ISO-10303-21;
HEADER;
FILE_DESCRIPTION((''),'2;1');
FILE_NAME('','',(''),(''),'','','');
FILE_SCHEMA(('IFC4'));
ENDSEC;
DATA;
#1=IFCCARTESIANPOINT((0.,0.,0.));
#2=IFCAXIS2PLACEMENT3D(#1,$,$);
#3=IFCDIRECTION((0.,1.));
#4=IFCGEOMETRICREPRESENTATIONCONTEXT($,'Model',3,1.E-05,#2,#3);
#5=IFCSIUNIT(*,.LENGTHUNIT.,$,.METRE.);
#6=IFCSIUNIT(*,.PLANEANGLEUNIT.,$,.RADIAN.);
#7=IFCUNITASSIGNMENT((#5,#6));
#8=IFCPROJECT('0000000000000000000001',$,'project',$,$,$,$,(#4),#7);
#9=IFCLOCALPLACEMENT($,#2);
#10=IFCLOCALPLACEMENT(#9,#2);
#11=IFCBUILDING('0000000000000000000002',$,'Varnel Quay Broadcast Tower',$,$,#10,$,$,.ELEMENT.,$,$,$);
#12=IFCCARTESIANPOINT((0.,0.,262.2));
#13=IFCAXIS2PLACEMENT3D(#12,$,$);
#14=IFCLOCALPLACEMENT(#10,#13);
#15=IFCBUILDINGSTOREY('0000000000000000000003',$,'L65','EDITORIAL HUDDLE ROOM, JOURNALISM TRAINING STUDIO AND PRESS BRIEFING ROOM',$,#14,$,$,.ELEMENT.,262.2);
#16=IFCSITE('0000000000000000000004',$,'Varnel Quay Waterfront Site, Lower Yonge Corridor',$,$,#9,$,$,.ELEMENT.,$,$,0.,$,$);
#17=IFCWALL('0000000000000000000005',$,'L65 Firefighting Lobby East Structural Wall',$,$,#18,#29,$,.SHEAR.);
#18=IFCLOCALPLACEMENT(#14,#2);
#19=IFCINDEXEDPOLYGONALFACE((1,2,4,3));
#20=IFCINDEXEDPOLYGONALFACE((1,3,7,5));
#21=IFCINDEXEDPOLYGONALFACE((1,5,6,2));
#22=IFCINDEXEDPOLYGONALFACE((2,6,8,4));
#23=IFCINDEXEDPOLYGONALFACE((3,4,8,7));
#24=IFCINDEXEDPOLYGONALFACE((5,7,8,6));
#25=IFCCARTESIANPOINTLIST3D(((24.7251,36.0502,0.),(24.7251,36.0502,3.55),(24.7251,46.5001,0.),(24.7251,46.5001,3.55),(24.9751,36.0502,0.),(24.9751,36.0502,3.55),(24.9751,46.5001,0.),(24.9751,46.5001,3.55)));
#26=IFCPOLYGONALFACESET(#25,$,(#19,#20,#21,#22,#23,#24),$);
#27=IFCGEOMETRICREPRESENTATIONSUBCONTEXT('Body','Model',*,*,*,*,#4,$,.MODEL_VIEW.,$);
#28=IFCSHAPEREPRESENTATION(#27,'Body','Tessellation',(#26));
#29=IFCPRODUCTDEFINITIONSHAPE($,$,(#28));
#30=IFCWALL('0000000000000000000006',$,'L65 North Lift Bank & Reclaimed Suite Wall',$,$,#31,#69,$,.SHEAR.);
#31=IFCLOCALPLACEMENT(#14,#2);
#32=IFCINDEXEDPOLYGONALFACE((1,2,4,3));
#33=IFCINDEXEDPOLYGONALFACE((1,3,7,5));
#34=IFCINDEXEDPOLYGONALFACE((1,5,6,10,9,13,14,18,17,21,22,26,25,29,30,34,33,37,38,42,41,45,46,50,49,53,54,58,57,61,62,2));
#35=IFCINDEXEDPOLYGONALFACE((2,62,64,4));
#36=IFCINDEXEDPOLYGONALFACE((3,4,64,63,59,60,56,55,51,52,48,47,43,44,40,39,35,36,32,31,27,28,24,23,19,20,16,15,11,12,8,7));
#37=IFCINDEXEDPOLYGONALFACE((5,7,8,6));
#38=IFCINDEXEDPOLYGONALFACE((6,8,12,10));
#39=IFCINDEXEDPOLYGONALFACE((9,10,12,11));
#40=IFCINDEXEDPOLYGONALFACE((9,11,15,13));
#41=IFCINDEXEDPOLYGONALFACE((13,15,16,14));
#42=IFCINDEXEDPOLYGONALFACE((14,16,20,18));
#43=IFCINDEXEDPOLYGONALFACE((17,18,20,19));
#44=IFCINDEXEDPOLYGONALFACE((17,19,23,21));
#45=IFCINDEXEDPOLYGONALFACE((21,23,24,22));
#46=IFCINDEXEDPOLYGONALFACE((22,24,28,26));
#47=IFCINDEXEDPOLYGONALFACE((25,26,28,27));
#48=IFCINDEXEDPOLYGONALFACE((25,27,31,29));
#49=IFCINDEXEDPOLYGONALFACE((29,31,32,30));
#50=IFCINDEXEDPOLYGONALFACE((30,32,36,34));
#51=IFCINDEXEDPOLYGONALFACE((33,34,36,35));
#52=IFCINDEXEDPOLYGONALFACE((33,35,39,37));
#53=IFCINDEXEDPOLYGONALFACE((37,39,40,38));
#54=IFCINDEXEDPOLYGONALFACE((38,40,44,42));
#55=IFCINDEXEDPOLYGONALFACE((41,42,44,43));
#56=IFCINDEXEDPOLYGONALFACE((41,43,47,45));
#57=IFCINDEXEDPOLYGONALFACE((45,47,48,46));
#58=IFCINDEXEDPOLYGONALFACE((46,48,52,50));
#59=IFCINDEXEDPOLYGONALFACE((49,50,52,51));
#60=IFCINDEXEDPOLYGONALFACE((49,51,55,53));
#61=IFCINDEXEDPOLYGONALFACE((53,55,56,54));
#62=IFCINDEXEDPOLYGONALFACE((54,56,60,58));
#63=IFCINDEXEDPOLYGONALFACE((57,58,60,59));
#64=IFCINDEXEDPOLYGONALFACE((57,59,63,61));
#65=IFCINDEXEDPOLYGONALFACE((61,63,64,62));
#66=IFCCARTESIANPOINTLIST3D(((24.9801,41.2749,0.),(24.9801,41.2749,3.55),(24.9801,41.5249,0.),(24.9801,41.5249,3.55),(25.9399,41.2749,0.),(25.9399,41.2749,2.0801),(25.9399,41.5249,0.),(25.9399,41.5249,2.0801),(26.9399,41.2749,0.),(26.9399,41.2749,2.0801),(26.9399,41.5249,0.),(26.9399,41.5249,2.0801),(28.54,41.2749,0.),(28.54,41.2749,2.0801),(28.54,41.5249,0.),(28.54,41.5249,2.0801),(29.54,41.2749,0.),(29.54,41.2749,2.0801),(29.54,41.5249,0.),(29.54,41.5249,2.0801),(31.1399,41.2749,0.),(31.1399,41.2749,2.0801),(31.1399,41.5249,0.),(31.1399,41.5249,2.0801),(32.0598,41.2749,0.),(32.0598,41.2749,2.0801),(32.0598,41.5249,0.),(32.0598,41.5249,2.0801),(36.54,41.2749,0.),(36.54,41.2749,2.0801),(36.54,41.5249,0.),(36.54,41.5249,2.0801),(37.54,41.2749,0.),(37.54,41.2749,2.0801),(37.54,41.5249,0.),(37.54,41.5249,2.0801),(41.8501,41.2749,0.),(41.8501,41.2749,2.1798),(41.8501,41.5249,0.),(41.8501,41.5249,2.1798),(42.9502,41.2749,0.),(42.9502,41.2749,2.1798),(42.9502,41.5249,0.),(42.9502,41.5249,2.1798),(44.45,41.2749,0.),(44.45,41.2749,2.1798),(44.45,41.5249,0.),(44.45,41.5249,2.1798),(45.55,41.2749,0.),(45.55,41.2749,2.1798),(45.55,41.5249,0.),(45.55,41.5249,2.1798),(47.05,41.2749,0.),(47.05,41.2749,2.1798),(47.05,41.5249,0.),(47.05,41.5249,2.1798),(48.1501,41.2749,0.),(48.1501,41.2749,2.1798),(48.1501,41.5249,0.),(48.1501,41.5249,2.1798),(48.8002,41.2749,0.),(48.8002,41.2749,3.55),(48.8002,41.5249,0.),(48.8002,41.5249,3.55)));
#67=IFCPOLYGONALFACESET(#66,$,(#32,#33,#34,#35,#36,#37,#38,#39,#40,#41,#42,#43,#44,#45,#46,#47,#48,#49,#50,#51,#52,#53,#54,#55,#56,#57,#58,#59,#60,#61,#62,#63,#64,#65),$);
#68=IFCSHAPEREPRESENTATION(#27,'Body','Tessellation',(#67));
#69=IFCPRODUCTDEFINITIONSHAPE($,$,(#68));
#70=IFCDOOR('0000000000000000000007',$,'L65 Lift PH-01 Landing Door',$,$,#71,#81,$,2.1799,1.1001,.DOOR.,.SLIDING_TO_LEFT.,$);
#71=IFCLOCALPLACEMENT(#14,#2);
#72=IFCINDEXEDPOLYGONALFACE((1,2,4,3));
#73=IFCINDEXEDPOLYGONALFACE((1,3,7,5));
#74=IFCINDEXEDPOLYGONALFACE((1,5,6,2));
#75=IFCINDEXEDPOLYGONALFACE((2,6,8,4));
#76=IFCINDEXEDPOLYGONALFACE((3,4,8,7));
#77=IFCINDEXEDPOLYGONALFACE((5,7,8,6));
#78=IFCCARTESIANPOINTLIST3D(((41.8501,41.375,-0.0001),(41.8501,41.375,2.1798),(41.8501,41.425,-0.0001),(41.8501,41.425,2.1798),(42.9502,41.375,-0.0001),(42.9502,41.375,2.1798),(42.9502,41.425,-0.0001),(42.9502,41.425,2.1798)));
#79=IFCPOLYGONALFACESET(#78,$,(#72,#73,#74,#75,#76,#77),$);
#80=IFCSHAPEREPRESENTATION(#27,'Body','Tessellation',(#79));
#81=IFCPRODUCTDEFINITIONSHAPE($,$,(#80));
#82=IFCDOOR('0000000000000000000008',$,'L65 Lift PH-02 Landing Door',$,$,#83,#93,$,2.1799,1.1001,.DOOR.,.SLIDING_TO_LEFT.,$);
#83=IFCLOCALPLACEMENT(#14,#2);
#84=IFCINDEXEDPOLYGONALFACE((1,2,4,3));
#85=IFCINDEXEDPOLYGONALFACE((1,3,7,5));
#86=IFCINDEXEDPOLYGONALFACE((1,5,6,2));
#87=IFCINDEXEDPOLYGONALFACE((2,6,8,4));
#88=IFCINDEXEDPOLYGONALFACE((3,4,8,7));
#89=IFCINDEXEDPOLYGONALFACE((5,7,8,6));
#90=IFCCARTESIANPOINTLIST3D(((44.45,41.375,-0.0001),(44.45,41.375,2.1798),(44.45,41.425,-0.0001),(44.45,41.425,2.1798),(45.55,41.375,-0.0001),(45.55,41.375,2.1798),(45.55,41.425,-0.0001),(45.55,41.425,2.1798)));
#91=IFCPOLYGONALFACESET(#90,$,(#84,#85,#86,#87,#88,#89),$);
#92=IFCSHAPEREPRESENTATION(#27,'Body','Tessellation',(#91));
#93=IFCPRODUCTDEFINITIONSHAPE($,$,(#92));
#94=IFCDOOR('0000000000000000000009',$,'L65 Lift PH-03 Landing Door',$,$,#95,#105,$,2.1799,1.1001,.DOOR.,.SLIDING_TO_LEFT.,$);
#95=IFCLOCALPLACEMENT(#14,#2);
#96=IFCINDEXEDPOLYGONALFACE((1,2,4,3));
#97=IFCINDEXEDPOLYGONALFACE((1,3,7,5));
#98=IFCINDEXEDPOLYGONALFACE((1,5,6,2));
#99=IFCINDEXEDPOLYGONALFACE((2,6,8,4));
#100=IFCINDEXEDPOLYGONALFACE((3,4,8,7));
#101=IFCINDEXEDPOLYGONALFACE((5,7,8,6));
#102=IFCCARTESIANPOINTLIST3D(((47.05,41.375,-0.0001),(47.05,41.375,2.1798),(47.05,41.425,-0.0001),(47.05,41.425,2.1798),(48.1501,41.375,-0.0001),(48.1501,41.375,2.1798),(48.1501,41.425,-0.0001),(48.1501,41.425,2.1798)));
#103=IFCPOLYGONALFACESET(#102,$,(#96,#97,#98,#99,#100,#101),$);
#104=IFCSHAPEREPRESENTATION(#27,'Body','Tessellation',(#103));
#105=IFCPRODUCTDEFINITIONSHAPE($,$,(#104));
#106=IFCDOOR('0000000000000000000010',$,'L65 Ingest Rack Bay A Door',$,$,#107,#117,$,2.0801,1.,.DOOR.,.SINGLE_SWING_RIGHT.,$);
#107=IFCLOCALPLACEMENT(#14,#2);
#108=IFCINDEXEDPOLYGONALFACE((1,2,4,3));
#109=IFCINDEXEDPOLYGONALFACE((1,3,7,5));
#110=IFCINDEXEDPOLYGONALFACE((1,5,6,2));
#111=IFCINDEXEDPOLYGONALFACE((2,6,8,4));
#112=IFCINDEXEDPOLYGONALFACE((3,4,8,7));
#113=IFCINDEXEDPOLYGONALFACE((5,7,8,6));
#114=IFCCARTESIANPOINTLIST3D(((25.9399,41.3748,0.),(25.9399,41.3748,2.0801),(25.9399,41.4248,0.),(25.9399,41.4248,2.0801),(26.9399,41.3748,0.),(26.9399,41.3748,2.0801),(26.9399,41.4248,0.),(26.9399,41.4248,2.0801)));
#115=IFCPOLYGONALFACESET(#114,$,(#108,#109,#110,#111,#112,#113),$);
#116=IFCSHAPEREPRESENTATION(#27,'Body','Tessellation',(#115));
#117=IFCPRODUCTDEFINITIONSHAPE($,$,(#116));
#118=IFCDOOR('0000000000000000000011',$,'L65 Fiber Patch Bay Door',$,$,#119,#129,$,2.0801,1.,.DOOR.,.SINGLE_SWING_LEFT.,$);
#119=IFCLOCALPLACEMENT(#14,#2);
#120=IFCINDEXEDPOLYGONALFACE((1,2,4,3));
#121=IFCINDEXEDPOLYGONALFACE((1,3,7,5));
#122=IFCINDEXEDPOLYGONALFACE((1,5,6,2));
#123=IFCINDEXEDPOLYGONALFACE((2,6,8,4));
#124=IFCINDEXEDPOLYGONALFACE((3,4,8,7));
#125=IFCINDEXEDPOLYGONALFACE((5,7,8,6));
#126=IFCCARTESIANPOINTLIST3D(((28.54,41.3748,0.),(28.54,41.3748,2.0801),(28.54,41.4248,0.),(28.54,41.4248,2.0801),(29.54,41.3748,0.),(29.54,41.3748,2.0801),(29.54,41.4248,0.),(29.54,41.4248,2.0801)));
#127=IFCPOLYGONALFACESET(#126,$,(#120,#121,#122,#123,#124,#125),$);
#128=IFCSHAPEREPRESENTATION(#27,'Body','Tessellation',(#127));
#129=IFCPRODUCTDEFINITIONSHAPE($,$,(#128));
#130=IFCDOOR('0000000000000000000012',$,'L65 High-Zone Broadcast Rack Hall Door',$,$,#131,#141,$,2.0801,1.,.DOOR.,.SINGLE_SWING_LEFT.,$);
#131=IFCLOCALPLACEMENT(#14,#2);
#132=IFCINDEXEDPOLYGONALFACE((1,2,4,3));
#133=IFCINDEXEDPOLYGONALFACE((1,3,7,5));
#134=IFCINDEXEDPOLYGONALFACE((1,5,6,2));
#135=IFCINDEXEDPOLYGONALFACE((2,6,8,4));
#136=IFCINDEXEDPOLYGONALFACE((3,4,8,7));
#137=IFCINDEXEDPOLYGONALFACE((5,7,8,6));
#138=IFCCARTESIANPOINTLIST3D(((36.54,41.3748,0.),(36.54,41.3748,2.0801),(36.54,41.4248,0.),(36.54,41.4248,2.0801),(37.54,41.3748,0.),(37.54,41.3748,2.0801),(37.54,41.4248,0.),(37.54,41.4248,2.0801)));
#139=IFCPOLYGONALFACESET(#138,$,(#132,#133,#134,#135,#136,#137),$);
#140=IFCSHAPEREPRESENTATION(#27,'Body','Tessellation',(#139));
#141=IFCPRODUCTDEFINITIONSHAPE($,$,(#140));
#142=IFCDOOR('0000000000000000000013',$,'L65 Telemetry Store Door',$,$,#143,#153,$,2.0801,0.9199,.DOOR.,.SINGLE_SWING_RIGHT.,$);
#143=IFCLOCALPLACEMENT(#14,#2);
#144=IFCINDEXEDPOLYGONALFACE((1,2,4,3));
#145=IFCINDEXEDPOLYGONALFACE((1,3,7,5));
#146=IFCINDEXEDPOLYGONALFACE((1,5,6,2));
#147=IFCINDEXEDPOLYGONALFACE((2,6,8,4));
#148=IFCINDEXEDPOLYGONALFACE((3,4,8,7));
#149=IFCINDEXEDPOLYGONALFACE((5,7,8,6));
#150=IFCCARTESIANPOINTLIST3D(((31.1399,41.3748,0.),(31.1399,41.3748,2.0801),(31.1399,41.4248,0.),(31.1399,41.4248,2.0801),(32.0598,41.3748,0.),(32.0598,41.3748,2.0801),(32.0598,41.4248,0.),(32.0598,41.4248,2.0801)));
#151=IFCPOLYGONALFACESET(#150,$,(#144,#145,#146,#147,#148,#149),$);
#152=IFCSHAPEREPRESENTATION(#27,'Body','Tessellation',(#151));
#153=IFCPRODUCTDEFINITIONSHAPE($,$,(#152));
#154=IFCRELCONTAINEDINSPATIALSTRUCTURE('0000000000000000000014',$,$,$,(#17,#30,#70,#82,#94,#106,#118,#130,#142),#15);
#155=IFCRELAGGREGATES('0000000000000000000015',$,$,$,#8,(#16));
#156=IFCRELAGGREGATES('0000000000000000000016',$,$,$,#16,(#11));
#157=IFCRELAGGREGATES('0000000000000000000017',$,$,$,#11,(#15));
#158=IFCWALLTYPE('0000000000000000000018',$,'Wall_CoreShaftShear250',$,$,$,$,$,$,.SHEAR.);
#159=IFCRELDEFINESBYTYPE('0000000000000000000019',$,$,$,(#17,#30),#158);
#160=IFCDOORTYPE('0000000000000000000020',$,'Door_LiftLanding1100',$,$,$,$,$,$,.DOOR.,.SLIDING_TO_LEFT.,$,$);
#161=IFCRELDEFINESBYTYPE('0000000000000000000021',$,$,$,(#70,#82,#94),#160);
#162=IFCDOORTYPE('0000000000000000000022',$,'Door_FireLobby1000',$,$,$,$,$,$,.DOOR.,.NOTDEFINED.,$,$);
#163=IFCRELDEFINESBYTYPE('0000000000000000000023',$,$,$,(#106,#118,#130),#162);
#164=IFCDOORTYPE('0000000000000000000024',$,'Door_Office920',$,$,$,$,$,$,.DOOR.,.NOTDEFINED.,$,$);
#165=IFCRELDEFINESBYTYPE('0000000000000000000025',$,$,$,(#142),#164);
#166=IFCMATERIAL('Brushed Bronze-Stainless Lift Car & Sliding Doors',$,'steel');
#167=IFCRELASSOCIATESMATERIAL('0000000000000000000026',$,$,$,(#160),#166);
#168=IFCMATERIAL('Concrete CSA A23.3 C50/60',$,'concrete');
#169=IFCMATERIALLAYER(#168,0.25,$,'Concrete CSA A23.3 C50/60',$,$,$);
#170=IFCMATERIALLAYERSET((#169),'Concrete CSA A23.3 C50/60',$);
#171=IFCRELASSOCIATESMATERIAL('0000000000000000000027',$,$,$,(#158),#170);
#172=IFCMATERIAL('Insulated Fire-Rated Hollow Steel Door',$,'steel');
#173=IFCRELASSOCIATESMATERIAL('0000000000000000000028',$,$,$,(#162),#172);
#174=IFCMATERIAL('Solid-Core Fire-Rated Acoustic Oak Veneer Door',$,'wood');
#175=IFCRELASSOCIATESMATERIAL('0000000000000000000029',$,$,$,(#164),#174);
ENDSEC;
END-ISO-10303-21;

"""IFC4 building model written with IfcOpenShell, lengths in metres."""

from ifc_helpers import new_model, si_unit, direction, frame, frame_2d, origin, place, context, subcontext, project, spatial, rectangle, extrude, source, transform, mapped, material, layer, layer_set, type_object, type_shapes, element, fill, save


model = new_model("IFC4")

# Units and contexts
model_context = context("Model", 3, precision=1e-05, world=origin(), true_north=direction((0.0, 1.0)))
body_context = subcontext(model_context, "Body", "Model", "MODEL_VIEW")
ifc_project = project(units=[si_unit("LENGTHUNIT", "METRE"), si_unit("PLANEANGLEUNIT", "RADIAN")], contexts=[model_context])

# Site, building, storey
site_placement = place(None, origin())
site = spatial("IfcSite", under=ifc_project, at=site_placement, Name="Varnel Quay Waterfront Site, Lower Yonge Corridor", CompositionType="ELEMENT", RefElevation=0.0)
building_placement = place(site_placement, origin())
building = spatial("IfcBuilding", under=site, at=building_placement, Name="Varnel Quay Broadcast Tower", CompositionType="ELEMENT")
storey_placement = place(building_placement, frame((0.0, 0.0, 262.2)))
storey = spatial("IfcBuildingStorey", under=building, at=storey_placement, Name="L65", Description="EDITORIAL HUDDLE ROOM, JOURNALISM TRAINING STUDIO AND PRESS BRIEFING ROOM", CompositionType="ELEMENT", Elevation=262.2)

# Shared definitions
ifc_material_1 = material(Name="Concrete CSA A23.3 C50/60", Category="concrete")
ifc_material_2 = material(Name="Insulated Fire-Rated Hollow Steel Door", Category="steel")

# Shared definitions
ifc_material_3 = material(Name="Brushed Bronze-Stainless Lift Car & Sliding Doors", Category="steel")
door_type_1 = type_object("IfcDoorType", Name="Door_LiftLanding1100", OperationType="SLIDING_TO_LEFT", PredefinedType="DOOR", material=ifc_material_3)
shared_shape_1 = source(origin(), body_context, "Body", "SweptSolid", [
    extrude(rectangle(XDim=1.1001, YDim=2.1799, at=frame_2d((0.55, 1.0898))), frame((0.0, 0.0249, 0.0), z_axis=(0.0, -1.0, 0.0), x_axis=(1.0, 0.0, 0.0)), (0.0, 0.0, 1.0), 0.05),
])
type_shapes(door_type_1, [shared_shape_1])

# Wall
ifc_layer_1 = layer(ifc_material_1, 0.25, Name="Concrete CSA A23.3 C50/60")
ifc_layer_set_1 = layer_set([ifc_layer_1], Name="Concrete CSA A23.3 C50/60")
wall_type_1 = type_object("IfcWallType", Name="Wall_CoreShaftShear250", PredefinedType="SHEAR", material=ifc_layer_set_1)
wall_1_placement = place(storey_placement, frame((24.8501, 36.05, 0.0), z_axis=(0.0, 0.0, 1.0), x_axis=(0.0, 1.0, 0.0)))
element("IfcWall", 1, at=wall_1_placement, inside=storey, type_object=wall_type_1, Name="L65 Firefighting Lobby East Structural Wall", PredefinedType="SHEAR", context=body_context, shape_type="SweptSolid", body=[
    extrude(rectangle(XDim=10.45, YDim=0.25, at=frame_2d((5.2251, 0.0))), origin(), (0.0, 0.0, 1.0), 3.55),
])

# Wall, openings, doors
wall_2_placement = place(storey_placement, frame((24.98, 41.3999, 0.0), z_axis=(0.0, 0.0, 1.0), x_axis=(1.0, 0.0, 0.0)))
wall_2 = element("IfcWall", 2, at=wall_2_placement, inside=storey, type_object=wall_type_1, Name="L65 North Lift Bank & Reclaimed Suite Wall", PredefinedType="SHEAR", context=body_context, shape_type="SweptSolid", body=[
    extrude(rectangle(XDim=23.8201, YDim=0.25, at=frame_2d((11.9102, 0.0))), origin(), (0.0, 0.0, 1.0), 3.55),
])
opening_1_placement = place(wall_2_placement, frame((16.8701, 0.0, 0.0)))
opening_1 = element("IfcOpeningElement", 3, at=opening_1_placement, cuts=wall_2, PredefinedType="OPENING", context=body_context, shape_type="SweptSolid", body=[
    extrude(rectangle(XDim=1.1001, YDim=2.1799, at=frame_2d((0.55, 1.0898))), frame((0.0, 0.135, 0.0), z_axis=(0.0, -1.0, 0.0), x_axis=(1.0, 0.0, 0.0)), (0.0, 0.0, 1.0), 0.27),
])
opening_2_placement = place(wall_2_placement, frame((19.47, 0.0, 0.0)))
opening_2 = element("IfcOpeningElement", 4, at=opening_2_placement, cuts=wall_2, PredefinedType="OPENING", context=body_context, shape_type="SweptSolid", body=[
    extrude(rectangle(XDim=1.1001, YDim=2.1799, at=frame_2d((0.55, 1.0898))), frame((0.0, 0.135, 0.0), z_axis=(0.0, -1.0, 0.0), x_axis=(1.0, 0.0, 0.0)), (0.0, 0.0, 1.0), 0.27),
])
opening_3_placement = place(wall_2_placement, frame((22.0701, 0.0, 0.0)))
opening_3 = element("IfcOpeningElement", 5, at=opening_3_placement, cuts=wall_2, PredefinedType="OPENING", context=body_context, shape_type="SweptSolid", body=[
    extrude(rectangle(XDim=1.1001, YDim=2.1799, at=frame_2d((0.55, 1.0898))), frame((0.0, 0.135, 0.0), z_axis=(0.0, -1.0, 0.0), x_axis=(1.0, 0.0, 0.0)), (0.0, 0.0, 1.0), 0.27),
])
opening_4_placement = place(wall_2_placement, frame((0.96, 0.0, 0.0)))
opening_4 = element("IfcOpeningElement", 6, at=opening_4_placement, cuts=wall_2, PredefinedType="OPENING", context=body_context, shape_type="SweptSolid", body=[
    extrude(rectangle(XDim=1.0, YDim=2.0801, at=frame_2d((0.5, 1.04))), frame((0.0, 0.135, 0.0), z_axis=(0.0, -1.0, 0.0), x_axis=(1.0, 0.0, 0.0)), (0.0, 0.0, 1.0), 0.27),
])
opening_5_placement = place(wall_2_placement, frame((3.5601, 0.0, 0.0)))
opening_5 = element("IfcOpeningElement", 7, at=opening_5_placement, cuts=wall_2, PredefinedType="OPENING", context=body_context, shape_type="SweptSolid", body=[
    extrude(rectangle(XDim=1.0, YDim=2.0801, at=frame_2d((0.5, 1.04))), frame((0.0, 0.135, 0.0), z_axis=(0.0, -1.0, 0.0), x_axis=(1.0, 0.0, 0.0)), (0.0, 0.0, 1.0), 0.27),
])
opening_6_placement = place(wall_2_placement, frame((6.1599, 0.0, 0.0)))
opening_6 = element("IfcOpeningElement", 8, at=opening_6_placement, cuts=wall_2, PredefinedType="OPENING", context=body_context, shape_type="SweptSolid", body=[
    extrude(rectangle(XDim=0.9199, YDim=2.0801, at=frame_2d((0.46, 1.04))), frame((0.0, 0.135, 0.0), z_axis=(0.0, -1.0, 0.0), x_axis=(1.0, 0.0, 0.0)), (0.0, 0.0, 1.0), 0.27),
])
opening_7_placement = place(wall_2_placement, frame((11.5601, 0.0, 0.0)))
opening_7 = element("IfcOpeningElement", 9, at=opening_7_placement, cuts=wall_2, PredefinedType="OPENING", context=body_context, shape_type="SweptSolid", body=[
    extrude(rectangle(XDim=1.0, YDim=2.0801, at=frame_2d((0.5, 1.04))), frame((0.0, 0.135, 0.0), z_axis=(0.0, -1.0, 0.0), x_axis=(1.0, 0.0, 0.0)), (0.0, 0.0, 1.0), 0.27),
])
door_1_placement = place(opening_1_placement, frame((1.1001, 0.0, 0.0), z_axis=(0.0, 0.0, 1.0), x_axis=(-1.0, 0.0, 0.0)))
door_1 = element("IfcDoor", 10, at=door_1_placement, inside=storey, type_object=door_type_1, Name="L65 Lift PH-01 Landing Door", OperationType="SLIDING_TO_LEFT", OverallHeight=2.1799, OverallWidth=1.1001, PredefinedType="DOOR", context=body_context, shape_type="MappedRepresentation", body=[
    mapped(shared_shape_1, transform((0.0, 0.0, 0.0), x_axis=(1.0, 0.0, 0.0), y_axis=(0.0, 1.0, 0.0), z_axis=(0.0, 0.0, 1.0), scale=1.0)),
])
fill(opening_1, door_1)
door_2_placement = place(opening_2_placement, frame((1.1001, 0.0, 0.0), z_axis=(0.0, 0.0, 1.0), x_axis=(-1.0, 0.0, 0.0)))
door_2 = element("IfcDoor", 11, at=door_2_placement, inside=storey, type_object=door_type_1, Name="L65 Lift PH-02 Landing Door", OperationType="SLIDING_TO_LEFT", OverallHeight=2.1799, OverallWidth=1.1001, PredefinedType="DOOR", context=body_context, shape_type="MappedRepresentation", body=[
    mapped(shared_shape_1, transform((0.0, 0.0, 0.0), x_axis=(1.0, 0.0, 0.0), y_axis=(0.0, 1.0, 0.0), z_axis=(0.0, 0.0, 1.0), scale=1.0)),
])
fill(opening_2, door_2)
door_3_placement = place(opening_3_placement, frame((1.1001, 0.0, 0.0), z_axis=(0.0, 0.0, 1.0), x_axis=(-1.0, 0.0, 0.0)))
door_3 = element("IfcDoor", 12, at=door_3_placement, inside=storey, type_object=door_type_1, Name="L65 Lift PH-03 Landing Door", OperationType="SLIDING_TO_LEFT", OverallHeight=2.1799, OverallWidth=1.1001, PredefinedType="DOOR", context=body_context, shape_type="MappedRepresentation", body=[
    mapped(shared_shape_1, transform((0.0, 0.0, 0.0), x_axis=(1.0, 0.0, 0.0), y_axis=(0.0, 1.0, 0.0), z_axis=(0.0, 0.0, 1.0), scale=1.0)),
])
fill(opening_3, door_3)
door_type_2 = type_object("IfcDoorType", Name="Door_FireLobby1000", OperationType="NOTDEFINED", PredefinedType="DOOR", material=ifc_material_2)
shared_shape_2 = source(origin(), body_context, "Body", "SweptSolid", [
    extrude(rectangle(XDim=1.0, YDim=2.0801, at=frame_2d((0.5, 1.04))), frame((0.0, 0.0249, 0.0), z_axis=(0.0, -1.0, 0.0), x_axis=(1.0, 0.0, 0.0)), (0.0, 0.0, 1.0), 0.05),
])
type_shapes(door_type_2, [shared_shape_2])
door_4_placement = place(opening_4_placement, origin())
door_4 = element("IfcDoor", 13, at=door_4_placement, inside=storey, type_object=door_type_2, Name="L65 Ingest Rack Bay A Door", OperationType="SINGLE_SWING_RIGHT", OverallHeight=2.0801, OverallWidth=1.0, PredefinedType="DOOR", context=body_context, shape_type="MappedRepresentation", body=[
    mapped(shared_shape_2, transform((0.0, 0.0, 0.0), x_axis=(1.0, 0.0, 0.0), y_axis=(0.0, 1.0, 0.0), z_axis=(0.0, 0.0, 1.0), scale=1.0)),
])
fill(opening_4, door_4)
door_5_placement = place(opening_5_placement, origin())
door_5 = element("IfcDoor", 14, at=door_5_placement, inside=storey, type_object=door_type_2, Name="L65 Fiber Patch Bay Door", OperationType="SINGLE_SWING_LEFT", OverallHeight=2.0801, OverallWidth=1.0, PredefinedType="DOOR", context=body_context, shape_type="MappedRepresentation", body=[
    mapped(shared_shape_2, transform((0.0, 0.0, 0.0), x_axis=(1.0, 0.0, 0.0), y_axis=(0.0, 1.0, 0.0), z_axis=(0.0, 0.0, 1.0), scale=1.0)),
])
fill(opening_5, door_5)
door_6_placement = place(opening_7_placement, origin())
door_6 = element("IfcDoor", 15, at=door_6_placement, inside=storey, type_object=door_type_2, Name="L65 High-Zone Broadcast Rack Hall Door", OperationType="SINGLE_SWING_LEFT", OverallHeight=2.0801, OverallWidth=1.0, PredefinedType="DOOR", context=body_context, shape_type="MappedRepresentation", body=[
    mapped(shared_shape_2, transform((0.0, 0.0, 0.0), x_axis=(1.0, 0.0, 0.0), y_axis=(0.0, 1.0, 0.0), z_axis=(0.0, 0.0, 1.0), scale=1.0)),
])
fill(opening_7, door_6)
ifc_material_4 = material(Name="Solid-Core Fire-Rated Acoustic Oak Veneer Door", Category="wood")
door_type_3 = type_object("IfcDoorType", Name="Door_Office920", OperationType="NOTDEFINED", PredefinedType="DOOR", material=ifc_material_4)
shared_shape_3 = source(origin(), body_context, "Body", "SweptSolid", [
    extrude(rectangle(XDim=0.9199, YDim=2.0801, at=frame_2d((0.46, 1.04))), frame((0.0, 0.0249, 0.0), z_axis=(0.0, -1.0, 0.0), x_axis=(1.0, 0.0, 0.0)), (0.0, 0.0, 1.0), 0.05),
])
type_shapes(door_type_3, [shared_shape_3])
door_7_placement = place(opening_6_placement, origin())
door_7 = element("IfcDoor", 16, at=door_7_placement, inside=storey, type_object=door_type_3, Name="L65 Telemetry Store Door", OperationType="SINGLE_SWING_RIGHT", OverallHeight=2.0801, OverallWidth=0.9199, PredefinedType="DOOR", context=body_context, shape_type="MappedRepresentation", body=[
    mapped(shared_shape_3, transform((0.0, 0.0, 0.0), x_axis=(1.0, 0.0, 0.0), y_axis=(0.0, 1.0, 0.0), z_axis=(0.0, 0.0, 1.0), scale=1.0)),
])
fill(opening_6, door_7)

save(model, "model.ifc")
